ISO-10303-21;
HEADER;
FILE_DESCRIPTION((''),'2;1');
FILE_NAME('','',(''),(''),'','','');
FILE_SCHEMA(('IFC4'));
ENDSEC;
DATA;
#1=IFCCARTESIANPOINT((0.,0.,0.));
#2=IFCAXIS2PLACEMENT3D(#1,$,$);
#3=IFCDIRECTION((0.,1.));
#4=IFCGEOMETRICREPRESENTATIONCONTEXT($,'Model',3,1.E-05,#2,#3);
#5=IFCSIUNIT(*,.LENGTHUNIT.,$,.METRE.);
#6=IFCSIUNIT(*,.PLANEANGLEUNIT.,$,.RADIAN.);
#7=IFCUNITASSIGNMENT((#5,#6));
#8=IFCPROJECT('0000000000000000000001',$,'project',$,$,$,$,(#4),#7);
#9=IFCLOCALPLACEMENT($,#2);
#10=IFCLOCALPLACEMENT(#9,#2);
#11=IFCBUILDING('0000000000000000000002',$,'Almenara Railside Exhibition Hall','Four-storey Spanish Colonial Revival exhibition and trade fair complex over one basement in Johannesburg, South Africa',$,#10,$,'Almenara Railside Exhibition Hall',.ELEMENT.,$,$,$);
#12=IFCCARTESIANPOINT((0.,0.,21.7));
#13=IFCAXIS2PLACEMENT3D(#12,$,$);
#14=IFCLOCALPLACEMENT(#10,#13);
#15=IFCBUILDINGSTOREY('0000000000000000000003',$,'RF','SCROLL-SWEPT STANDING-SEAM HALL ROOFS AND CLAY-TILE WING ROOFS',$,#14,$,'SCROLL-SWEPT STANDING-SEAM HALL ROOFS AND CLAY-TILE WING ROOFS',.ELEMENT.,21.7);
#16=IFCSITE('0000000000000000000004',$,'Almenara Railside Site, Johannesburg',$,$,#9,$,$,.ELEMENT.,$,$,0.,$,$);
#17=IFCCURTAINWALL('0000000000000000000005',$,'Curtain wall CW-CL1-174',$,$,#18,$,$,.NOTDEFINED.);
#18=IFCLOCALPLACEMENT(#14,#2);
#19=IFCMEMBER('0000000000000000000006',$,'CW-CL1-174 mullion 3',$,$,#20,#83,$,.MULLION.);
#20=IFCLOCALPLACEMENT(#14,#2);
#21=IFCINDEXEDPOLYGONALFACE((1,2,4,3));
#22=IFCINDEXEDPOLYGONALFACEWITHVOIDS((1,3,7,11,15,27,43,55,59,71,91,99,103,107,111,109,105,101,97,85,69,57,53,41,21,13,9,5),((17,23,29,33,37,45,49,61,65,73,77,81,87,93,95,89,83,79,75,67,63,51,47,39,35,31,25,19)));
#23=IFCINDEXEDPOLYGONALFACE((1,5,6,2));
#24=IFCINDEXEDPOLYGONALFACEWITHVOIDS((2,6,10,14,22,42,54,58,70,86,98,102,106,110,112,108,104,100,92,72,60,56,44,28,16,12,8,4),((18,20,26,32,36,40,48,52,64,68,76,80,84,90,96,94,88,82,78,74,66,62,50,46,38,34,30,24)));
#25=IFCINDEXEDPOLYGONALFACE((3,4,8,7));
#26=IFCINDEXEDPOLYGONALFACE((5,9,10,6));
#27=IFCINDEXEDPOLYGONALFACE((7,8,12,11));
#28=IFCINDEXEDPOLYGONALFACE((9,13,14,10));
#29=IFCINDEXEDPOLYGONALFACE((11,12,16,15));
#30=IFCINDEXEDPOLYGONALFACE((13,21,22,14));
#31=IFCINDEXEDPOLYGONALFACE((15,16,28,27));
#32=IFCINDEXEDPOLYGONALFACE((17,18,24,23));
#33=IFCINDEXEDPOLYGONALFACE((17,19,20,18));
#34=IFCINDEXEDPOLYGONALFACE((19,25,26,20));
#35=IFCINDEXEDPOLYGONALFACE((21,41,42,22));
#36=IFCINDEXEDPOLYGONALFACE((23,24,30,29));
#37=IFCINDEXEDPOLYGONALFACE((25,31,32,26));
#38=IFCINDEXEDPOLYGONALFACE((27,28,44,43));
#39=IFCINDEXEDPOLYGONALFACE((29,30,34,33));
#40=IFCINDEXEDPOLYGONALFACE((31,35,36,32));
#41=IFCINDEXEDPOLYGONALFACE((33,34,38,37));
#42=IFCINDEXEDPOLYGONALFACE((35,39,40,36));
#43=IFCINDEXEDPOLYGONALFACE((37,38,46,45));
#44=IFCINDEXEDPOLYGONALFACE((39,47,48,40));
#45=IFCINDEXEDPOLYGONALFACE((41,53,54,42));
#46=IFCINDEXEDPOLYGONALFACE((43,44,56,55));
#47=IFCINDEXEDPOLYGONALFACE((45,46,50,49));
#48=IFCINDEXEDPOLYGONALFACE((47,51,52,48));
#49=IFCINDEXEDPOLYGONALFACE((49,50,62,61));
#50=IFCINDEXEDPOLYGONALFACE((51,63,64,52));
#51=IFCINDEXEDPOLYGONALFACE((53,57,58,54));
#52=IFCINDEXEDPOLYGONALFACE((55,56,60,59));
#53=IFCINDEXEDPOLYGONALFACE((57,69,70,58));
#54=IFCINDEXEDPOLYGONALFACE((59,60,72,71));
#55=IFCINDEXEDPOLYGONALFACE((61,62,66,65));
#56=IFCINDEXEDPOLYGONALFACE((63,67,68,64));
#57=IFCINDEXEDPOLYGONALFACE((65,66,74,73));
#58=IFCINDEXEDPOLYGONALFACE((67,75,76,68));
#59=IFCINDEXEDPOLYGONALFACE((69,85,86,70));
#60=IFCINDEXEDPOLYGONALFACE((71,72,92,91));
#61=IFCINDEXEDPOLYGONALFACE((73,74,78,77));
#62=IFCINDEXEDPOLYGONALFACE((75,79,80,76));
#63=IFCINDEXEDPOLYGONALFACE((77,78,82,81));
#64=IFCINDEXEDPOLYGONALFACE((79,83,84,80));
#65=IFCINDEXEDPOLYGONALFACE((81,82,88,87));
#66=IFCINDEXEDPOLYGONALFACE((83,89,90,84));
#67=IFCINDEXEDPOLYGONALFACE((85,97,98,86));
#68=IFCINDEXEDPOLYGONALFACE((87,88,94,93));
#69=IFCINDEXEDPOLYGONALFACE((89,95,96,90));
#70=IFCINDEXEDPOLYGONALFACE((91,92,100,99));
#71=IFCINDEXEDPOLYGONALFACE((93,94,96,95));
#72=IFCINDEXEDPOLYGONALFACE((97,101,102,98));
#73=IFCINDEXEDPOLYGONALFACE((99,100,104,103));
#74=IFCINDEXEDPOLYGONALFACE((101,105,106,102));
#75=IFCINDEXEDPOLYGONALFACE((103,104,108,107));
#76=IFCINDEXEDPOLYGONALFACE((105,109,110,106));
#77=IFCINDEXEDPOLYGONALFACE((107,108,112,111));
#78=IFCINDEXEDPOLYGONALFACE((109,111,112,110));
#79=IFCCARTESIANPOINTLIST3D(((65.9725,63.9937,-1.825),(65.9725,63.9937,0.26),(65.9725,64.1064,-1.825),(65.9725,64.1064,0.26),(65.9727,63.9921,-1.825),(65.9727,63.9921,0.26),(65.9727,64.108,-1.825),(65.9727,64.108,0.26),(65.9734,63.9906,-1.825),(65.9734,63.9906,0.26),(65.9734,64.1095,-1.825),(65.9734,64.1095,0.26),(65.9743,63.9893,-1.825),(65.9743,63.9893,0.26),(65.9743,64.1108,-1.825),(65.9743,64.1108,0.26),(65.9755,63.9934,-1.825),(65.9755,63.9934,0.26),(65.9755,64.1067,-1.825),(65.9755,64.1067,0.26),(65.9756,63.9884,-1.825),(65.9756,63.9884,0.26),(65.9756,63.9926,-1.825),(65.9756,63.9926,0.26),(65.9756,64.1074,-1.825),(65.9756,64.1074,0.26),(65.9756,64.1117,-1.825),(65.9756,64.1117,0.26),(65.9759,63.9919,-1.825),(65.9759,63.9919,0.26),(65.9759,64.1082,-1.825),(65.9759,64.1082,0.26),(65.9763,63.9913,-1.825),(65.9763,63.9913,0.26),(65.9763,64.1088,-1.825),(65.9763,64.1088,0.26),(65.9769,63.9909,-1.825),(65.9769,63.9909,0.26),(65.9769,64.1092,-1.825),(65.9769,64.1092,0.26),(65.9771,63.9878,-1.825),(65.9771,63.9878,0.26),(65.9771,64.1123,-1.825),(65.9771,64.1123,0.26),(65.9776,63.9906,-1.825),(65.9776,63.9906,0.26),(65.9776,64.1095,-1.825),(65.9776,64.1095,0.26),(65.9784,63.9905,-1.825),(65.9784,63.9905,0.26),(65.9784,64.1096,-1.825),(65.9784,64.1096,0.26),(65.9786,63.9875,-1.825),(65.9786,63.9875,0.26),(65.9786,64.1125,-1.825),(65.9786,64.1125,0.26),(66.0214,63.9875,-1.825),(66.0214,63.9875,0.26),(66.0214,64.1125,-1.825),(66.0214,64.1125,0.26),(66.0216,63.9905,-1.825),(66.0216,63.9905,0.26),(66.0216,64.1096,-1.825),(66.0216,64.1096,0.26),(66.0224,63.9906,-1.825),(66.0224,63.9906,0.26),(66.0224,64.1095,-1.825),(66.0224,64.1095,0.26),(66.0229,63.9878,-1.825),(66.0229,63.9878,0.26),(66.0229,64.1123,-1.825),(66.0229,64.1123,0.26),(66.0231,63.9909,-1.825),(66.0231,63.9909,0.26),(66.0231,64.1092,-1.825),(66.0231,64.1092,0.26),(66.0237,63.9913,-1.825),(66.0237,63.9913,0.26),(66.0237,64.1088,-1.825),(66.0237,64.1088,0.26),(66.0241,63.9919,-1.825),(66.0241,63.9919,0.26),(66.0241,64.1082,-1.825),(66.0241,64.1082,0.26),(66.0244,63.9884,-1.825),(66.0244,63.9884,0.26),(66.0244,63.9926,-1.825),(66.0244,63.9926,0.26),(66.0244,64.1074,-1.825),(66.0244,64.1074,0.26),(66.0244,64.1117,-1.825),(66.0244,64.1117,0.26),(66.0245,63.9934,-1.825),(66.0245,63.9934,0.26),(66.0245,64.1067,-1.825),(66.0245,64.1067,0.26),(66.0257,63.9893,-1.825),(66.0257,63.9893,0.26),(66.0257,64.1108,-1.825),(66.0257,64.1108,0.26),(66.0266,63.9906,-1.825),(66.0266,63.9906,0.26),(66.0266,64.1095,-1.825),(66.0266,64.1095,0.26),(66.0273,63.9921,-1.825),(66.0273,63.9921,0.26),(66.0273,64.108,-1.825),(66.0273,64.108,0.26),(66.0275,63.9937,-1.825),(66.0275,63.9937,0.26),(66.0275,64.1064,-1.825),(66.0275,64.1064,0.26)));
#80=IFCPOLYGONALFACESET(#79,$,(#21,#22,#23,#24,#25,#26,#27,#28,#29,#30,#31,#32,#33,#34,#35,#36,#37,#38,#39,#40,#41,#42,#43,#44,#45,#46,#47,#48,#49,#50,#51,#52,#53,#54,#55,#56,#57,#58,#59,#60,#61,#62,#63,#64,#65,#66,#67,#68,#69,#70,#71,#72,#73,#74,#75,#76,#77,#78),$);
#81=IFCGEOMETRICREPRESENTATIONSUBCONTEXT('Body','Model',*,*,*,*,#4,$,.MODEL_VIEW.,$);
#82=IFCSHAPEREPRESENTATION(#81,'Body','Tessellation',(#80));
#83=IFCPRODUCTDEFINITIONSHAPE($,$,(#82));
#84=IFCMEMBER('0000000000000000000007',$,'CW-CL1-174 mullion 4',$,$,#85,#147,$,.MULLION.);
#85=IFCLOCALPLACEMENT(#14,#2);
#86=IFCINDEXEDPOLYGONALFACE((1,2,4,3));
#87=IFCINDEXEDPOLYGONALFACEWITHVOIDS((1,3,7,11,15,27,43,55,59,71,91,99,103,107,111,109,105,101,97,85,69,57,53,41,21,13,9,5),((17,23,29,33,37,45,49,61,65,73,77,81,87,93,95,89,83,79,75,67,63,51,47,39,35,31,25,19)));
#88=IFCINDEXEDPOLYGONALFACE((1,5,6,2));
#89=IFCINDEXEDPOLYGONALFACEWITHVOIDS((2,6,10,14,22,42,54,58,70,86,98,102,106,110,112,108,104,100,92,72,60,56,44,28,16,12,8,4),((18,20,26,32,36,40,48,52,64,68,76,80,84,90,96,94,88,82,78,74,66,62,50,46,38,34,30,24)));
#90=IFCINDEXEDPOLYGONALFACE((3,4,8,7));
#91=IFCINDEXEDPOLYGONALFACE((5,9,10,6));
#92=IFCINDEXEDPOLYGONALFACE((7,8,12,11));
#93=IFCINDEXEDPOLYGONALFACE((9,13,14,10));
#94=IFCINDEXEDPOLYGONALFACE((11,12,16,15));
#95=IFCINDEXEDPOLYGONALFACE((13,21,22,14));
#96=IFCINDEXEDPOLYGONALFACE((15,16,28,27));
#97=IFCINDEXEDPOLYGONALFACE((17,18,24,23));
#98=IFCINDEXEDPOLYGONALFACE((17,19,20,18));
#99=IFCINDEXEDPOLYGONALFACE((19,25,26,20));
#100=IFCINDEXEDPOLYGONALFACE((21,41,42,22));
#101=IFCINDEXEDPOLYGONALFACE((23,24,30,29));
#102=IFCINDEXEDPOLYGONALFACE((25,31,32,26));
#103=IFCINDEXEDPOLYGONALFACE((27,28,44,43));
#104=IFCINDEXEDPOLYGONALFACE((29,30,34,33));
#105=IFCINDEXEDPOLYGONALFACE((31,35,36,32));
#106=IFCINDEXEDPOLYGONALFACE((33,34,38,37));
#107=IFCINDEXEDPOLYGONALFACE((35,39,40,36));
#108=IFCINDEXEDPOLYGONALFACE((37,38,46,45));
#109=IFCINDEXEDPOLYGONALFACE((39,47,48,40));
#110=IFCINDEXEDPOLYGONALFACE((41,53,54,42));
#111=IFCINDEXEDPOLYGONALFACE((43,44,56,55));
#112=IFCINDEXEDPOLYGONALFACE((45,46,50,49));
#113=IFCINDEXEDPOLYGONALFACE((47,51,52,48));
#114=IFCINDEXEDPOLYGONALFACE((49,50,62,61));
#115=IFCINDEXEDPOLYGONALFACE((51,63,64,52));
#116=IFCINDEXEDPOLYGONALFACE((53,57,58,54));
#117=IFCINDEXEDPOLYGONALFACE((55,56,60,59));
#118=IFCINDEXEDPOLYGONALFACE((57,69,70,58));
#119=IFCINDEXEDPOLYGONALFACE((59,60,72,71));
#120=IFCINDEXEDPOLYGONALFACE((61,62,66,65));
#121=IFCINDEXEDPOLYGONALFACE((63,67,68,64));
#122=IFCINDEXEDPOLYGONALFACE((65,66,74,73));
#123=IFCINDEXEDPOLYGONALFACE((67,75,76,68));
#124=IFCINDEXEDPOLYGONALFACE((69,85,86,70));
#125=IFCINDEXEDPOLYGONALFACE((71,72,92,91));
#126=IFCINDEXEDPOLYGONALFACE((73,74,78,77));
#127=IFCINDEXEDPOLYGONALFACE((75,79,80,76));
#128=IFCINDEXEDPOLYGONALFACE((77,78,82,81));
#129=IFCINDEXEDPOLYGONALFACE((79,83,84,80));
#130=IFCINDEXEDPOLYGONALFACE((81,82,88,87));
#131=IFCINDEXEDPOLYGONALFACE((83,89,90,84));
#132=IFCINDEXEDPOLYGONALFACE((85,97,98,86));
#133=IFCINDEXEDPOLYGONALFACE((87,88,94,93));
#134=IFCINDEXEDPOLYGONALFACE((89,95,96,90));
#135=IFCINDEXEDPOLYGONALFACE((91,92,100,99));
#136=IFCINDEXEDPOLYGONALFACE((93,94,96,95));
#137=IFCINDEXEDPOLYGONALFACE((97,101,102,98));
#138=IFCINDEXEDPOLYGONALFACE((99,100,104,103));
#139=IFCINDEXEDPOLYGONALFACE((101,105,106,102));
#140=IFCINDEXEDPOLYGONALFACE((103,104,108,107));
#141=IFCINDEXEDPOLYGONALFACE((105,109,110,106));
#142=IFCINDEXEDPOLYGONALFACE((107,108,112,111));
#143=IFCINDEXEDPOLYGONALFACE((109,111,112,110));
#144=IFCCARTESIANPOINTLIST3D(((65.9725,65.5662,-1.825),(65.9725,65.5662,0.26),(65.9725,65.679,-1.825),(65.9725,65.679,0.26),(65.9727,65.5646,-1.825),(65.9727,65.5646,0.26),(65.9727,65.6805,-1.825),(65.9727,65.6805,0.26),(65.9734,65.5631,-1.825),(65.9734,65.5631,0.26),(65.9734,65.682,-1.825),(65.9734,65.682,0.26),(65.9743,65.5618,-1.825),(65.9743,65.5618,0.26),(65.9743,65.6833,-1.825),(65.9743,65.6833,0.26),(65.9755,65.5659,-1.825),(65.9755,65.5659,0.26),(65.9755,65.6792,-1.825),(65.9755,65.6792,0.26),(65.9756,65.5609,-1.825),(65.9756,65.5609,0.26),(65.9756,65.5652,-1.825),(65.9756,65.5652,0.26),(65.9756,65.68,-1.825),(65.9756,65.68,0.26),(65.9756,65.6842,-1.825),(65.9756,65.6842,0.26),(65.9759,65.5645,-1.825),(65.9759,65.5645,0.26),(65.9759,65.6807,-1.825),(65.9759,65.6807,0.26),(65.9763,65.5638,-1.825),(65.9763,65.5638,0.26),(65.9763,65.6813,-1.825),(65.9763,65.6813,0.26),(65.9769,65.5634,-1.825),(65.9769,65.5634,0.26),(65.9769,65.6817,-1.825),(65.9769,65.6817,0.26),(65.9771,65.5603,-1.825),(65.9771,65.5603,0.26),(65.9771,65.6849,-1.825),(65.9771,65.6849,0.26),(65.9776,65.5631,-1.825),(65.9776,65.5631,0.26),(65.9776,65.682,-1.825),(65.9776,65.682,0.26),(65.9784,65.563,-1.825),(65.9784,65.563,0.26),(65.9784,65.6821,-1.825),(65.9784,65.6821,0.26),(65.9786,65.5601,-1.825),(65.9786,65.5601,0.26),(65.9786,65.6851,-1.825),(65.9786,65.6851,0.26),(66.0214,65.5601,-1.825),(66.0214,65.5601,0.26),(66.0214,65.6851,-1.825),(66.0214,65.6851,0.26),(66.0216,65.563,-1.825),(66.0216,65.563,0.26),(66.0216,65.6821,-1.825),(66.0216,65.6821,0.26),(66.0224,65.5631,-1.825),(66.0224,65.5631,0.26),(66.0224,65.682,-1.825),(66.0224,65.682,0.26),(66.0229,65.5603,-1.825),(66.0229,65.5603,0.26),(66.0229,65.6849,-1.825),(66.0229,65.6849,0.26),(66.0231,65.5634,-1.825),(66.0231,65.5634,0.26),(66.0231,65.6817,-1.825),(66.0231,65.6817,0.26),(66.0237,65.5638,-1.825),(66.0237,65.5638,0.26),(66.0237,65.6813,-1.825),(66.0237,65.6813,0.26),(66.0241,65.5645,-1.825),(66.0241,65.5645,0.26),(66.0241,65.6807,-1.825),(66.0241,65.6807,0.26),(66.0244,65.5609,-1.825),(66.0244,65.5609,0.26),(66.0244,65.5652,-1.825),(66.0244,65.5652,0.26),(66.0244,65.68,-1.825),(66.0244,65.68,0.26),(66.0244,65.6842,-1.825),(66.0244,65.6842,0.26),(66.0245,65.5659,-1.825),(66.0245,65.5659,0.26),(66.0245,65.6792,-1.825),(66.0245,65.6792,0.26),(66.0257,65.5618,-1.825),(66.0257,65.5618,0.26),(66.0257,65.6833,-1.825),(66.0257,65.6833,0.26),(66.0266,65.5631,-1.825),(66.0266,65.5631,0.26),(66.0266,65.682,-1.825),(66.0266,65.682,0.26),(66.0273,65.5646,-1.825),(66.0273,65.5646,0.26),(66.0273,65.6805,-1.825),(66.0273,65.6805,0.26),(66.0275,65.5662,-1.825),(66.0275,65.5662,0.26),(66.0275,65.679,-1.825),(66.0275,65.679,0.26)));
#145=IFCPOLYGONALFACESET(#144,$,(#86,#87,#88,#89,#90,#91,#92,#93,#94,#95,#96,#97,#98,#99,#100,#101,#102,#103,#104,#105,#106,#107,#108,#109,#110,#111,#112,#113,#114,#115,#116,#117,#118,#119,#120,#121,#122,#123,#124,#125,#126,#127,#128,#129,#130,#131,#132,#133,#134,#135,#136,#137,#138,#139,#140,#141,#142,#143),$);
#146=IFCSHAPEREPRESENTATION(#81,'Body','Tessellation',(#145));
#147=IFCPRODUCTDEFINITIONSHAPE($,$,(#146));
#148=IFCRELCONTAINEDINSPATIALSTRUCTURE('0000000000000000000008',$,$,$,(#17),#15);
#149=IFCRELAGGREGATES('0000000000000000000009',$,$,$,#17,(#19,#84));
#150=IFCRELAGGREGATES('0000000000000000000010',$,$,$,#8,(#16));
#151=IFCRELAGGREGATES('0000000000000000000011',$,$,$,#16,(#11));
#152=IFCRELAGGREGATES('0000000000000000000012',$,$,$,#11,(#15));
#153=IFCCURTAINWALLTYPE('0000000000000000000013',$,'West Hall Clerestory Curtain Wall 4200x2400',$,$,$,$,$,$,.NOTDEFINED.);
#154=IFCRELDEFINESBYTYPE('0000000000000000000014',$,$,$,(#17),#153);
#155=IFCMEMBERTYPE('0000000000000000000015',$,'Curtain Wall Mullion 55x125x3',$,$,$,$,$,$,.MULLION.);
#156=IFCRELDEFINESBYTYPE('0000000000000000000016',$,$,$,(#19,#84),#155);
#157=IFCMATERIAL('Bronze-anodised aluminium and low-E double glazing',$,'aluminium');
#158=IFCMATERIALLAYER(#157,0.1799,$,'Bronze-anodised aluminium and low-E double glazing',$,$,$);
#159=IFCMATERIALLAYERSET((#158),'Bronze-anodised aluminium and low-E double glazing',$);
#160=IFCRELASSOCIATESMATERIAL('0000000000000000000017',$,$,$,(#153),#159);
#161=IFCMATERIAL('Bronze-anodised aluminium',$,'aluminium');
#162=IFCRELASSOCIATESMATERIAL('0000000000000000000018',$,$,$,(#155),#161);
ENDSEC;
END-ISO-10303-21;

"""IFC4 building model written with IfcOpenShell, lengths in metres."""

from ifc_helpers import new_model, si_unit, direction, frame, origin, origin_2d, place, context, subcontext, project, spatial, hollow_rectangle, extrude, material, layer, layer_set, material_profile, profile_set, type_object, element, aggregate, save


model = new_model("IFC4")

# Units and contexts
model_context = context("Model", 3, precision=1e-05, world=origin(), true_north=direction((0.0, 1.0)))
body_context = subcontext(model_context, "Body", "Model", "MODEL_VIEW")
ifc_project = project(units=[si_unit("LENGTHUNIT", "METRE"), si_unit("PLANEANGLEUNIT", "RADIAN")], contexts=[model_context])

# Site, building, storey
site_placement = place(None, origin())
site = spatial("IfcSite", under=ifc_project, at=site_placement, Name="Almenara Railside Site, Johannesburg", CompositionType="ELEMENT", RefElevation=0.0)
building_placement = place(site_placement, origin())
building = spatial("IfcBuilding", under=site, at=building_placement, Name="Almenara Railside Exhibition Hall", Description="Four-storey Spanish Colonial Revival exhibition and trade fair complex over one basement in Johannesburg, South Africa", LongName="Almenara Railside Exhibition Hall", CompositionType="ELEMENT")
storey_placement = place(building_placement, frame((0.0, 0.0, 21.7)))
storey = spatial("IfcBuildingStorey", under=building, at=storey_placement, Name="RF", Description="SCROLL-SWEPT STANDING-SEAM HALL ROOFS AND CLAY-TILE WING ROOFS", LongName="SCROLL-SWEPT STANDING-SEAM HALL ROOFS AND CLAY-TILE WING ROOFS", CompositionType="ELEMENT", Elevation=21.7)

# Curtain wall, members
ifc_material_1 = material(Name="Bronze-anodised aluminium and low-E double glazing", Category="aluminium")
ifc_layer_1 = layer(ifc_material_1, 0.1799, Name="Bronze-anodised aluminium and low-E double glazing")
ifc_layer_set_1 = layer_set([ifc_layer_1], Name="Bronze-anodised aluminium and low-E double glazing")
curtain_wall_type = type_object("IfcCurtainWallType", Name="West Hall Clerestory Curtain Wall 4200x2400", PredefinedType="NOTDEFINED", material=ifc_layer_set_1)
curtain_wall_1_placement = place(storey_placement, origin())
curtain_wall_1 = element("IfcCurtainWall", 1, at=curtain_wall_1_placement, inside=storey, type_object=curtain_wall_type, Name="Curtain wall CW-CL1-174", PredefinedType="NOTDEFINED")
ifc_material_2 = material(Name="Bronze-anodised aluminium", Category="aluminium")
ifc_material_profile_1 = material_profile(ifc_material_2, hollow_rectangle(XDim=0.0549, YDim=0.125, WallThickness=0.0029, InnerFilletRadius=0.0029, OuterFilletRadius=0.0061, at=origin_2d()), Name="ALU-MUL 55x125x3")
ifc_profile_set_1 = profile_set([ifc_material_profile_1], Name="Bronze-anodised aluminium")
member_type_1 = type_object("IfcMemberType", Name="Curtain Wall Mullion 55x125x3", PredefinedType="MULLION", material=ifc_profile_set_1)
member_1_placement = place(storey_placement, frame((66.0, 64.05, -1.825), z_axis=(0.0, 0.0, 1.0), x_axis=(-1.0, 0.0, 0.0)))
member_1 = element("IfcMember", 2, at=member_1_placement, type_object=member_type_1, Name="CW-CL1-174 mullion 3", PredefinedType="MULLION", context=body_context, shape_type="SweptSolid", body=[
    extrude(hollow_rectangle(XDim=0.0549, YDim=0.125, WallThickness=0.0029, InnerFilletRadius=0.0029, OuterFilletRadius=0.0061, at=origin_2d()), origin(), (0.0, 0.0, 1.0), 2.085),
])
member_2_placement = place(storey_placement, frame((66.0, 65.6226, -1.825), z_axis=(0.0, 0.0, 1.0), x_axis=(-1.0, 0.0, 0.0)))
member_2 = element("IfcMember", 3, at=member_2_placement, type_object=member_type_1, Name="CW-CL1-174 mullion 4", PredefinedType="MULLION", context=body_context, shape_type="SweptSolid", body=[
    extrude(hollow_rectangle(XDim=0.0549, YDim=0.125, WallThickness=0.0029, InnerFilletRadius=0.0029, OuterFilletRadius=0.0061, at=origin_2d()), origin(), (0.0, 0.0, 1.0), 2.085),
])

aggregate(curtain_wall_1, [member_1, member_2])

save(model, "model.ifc")
